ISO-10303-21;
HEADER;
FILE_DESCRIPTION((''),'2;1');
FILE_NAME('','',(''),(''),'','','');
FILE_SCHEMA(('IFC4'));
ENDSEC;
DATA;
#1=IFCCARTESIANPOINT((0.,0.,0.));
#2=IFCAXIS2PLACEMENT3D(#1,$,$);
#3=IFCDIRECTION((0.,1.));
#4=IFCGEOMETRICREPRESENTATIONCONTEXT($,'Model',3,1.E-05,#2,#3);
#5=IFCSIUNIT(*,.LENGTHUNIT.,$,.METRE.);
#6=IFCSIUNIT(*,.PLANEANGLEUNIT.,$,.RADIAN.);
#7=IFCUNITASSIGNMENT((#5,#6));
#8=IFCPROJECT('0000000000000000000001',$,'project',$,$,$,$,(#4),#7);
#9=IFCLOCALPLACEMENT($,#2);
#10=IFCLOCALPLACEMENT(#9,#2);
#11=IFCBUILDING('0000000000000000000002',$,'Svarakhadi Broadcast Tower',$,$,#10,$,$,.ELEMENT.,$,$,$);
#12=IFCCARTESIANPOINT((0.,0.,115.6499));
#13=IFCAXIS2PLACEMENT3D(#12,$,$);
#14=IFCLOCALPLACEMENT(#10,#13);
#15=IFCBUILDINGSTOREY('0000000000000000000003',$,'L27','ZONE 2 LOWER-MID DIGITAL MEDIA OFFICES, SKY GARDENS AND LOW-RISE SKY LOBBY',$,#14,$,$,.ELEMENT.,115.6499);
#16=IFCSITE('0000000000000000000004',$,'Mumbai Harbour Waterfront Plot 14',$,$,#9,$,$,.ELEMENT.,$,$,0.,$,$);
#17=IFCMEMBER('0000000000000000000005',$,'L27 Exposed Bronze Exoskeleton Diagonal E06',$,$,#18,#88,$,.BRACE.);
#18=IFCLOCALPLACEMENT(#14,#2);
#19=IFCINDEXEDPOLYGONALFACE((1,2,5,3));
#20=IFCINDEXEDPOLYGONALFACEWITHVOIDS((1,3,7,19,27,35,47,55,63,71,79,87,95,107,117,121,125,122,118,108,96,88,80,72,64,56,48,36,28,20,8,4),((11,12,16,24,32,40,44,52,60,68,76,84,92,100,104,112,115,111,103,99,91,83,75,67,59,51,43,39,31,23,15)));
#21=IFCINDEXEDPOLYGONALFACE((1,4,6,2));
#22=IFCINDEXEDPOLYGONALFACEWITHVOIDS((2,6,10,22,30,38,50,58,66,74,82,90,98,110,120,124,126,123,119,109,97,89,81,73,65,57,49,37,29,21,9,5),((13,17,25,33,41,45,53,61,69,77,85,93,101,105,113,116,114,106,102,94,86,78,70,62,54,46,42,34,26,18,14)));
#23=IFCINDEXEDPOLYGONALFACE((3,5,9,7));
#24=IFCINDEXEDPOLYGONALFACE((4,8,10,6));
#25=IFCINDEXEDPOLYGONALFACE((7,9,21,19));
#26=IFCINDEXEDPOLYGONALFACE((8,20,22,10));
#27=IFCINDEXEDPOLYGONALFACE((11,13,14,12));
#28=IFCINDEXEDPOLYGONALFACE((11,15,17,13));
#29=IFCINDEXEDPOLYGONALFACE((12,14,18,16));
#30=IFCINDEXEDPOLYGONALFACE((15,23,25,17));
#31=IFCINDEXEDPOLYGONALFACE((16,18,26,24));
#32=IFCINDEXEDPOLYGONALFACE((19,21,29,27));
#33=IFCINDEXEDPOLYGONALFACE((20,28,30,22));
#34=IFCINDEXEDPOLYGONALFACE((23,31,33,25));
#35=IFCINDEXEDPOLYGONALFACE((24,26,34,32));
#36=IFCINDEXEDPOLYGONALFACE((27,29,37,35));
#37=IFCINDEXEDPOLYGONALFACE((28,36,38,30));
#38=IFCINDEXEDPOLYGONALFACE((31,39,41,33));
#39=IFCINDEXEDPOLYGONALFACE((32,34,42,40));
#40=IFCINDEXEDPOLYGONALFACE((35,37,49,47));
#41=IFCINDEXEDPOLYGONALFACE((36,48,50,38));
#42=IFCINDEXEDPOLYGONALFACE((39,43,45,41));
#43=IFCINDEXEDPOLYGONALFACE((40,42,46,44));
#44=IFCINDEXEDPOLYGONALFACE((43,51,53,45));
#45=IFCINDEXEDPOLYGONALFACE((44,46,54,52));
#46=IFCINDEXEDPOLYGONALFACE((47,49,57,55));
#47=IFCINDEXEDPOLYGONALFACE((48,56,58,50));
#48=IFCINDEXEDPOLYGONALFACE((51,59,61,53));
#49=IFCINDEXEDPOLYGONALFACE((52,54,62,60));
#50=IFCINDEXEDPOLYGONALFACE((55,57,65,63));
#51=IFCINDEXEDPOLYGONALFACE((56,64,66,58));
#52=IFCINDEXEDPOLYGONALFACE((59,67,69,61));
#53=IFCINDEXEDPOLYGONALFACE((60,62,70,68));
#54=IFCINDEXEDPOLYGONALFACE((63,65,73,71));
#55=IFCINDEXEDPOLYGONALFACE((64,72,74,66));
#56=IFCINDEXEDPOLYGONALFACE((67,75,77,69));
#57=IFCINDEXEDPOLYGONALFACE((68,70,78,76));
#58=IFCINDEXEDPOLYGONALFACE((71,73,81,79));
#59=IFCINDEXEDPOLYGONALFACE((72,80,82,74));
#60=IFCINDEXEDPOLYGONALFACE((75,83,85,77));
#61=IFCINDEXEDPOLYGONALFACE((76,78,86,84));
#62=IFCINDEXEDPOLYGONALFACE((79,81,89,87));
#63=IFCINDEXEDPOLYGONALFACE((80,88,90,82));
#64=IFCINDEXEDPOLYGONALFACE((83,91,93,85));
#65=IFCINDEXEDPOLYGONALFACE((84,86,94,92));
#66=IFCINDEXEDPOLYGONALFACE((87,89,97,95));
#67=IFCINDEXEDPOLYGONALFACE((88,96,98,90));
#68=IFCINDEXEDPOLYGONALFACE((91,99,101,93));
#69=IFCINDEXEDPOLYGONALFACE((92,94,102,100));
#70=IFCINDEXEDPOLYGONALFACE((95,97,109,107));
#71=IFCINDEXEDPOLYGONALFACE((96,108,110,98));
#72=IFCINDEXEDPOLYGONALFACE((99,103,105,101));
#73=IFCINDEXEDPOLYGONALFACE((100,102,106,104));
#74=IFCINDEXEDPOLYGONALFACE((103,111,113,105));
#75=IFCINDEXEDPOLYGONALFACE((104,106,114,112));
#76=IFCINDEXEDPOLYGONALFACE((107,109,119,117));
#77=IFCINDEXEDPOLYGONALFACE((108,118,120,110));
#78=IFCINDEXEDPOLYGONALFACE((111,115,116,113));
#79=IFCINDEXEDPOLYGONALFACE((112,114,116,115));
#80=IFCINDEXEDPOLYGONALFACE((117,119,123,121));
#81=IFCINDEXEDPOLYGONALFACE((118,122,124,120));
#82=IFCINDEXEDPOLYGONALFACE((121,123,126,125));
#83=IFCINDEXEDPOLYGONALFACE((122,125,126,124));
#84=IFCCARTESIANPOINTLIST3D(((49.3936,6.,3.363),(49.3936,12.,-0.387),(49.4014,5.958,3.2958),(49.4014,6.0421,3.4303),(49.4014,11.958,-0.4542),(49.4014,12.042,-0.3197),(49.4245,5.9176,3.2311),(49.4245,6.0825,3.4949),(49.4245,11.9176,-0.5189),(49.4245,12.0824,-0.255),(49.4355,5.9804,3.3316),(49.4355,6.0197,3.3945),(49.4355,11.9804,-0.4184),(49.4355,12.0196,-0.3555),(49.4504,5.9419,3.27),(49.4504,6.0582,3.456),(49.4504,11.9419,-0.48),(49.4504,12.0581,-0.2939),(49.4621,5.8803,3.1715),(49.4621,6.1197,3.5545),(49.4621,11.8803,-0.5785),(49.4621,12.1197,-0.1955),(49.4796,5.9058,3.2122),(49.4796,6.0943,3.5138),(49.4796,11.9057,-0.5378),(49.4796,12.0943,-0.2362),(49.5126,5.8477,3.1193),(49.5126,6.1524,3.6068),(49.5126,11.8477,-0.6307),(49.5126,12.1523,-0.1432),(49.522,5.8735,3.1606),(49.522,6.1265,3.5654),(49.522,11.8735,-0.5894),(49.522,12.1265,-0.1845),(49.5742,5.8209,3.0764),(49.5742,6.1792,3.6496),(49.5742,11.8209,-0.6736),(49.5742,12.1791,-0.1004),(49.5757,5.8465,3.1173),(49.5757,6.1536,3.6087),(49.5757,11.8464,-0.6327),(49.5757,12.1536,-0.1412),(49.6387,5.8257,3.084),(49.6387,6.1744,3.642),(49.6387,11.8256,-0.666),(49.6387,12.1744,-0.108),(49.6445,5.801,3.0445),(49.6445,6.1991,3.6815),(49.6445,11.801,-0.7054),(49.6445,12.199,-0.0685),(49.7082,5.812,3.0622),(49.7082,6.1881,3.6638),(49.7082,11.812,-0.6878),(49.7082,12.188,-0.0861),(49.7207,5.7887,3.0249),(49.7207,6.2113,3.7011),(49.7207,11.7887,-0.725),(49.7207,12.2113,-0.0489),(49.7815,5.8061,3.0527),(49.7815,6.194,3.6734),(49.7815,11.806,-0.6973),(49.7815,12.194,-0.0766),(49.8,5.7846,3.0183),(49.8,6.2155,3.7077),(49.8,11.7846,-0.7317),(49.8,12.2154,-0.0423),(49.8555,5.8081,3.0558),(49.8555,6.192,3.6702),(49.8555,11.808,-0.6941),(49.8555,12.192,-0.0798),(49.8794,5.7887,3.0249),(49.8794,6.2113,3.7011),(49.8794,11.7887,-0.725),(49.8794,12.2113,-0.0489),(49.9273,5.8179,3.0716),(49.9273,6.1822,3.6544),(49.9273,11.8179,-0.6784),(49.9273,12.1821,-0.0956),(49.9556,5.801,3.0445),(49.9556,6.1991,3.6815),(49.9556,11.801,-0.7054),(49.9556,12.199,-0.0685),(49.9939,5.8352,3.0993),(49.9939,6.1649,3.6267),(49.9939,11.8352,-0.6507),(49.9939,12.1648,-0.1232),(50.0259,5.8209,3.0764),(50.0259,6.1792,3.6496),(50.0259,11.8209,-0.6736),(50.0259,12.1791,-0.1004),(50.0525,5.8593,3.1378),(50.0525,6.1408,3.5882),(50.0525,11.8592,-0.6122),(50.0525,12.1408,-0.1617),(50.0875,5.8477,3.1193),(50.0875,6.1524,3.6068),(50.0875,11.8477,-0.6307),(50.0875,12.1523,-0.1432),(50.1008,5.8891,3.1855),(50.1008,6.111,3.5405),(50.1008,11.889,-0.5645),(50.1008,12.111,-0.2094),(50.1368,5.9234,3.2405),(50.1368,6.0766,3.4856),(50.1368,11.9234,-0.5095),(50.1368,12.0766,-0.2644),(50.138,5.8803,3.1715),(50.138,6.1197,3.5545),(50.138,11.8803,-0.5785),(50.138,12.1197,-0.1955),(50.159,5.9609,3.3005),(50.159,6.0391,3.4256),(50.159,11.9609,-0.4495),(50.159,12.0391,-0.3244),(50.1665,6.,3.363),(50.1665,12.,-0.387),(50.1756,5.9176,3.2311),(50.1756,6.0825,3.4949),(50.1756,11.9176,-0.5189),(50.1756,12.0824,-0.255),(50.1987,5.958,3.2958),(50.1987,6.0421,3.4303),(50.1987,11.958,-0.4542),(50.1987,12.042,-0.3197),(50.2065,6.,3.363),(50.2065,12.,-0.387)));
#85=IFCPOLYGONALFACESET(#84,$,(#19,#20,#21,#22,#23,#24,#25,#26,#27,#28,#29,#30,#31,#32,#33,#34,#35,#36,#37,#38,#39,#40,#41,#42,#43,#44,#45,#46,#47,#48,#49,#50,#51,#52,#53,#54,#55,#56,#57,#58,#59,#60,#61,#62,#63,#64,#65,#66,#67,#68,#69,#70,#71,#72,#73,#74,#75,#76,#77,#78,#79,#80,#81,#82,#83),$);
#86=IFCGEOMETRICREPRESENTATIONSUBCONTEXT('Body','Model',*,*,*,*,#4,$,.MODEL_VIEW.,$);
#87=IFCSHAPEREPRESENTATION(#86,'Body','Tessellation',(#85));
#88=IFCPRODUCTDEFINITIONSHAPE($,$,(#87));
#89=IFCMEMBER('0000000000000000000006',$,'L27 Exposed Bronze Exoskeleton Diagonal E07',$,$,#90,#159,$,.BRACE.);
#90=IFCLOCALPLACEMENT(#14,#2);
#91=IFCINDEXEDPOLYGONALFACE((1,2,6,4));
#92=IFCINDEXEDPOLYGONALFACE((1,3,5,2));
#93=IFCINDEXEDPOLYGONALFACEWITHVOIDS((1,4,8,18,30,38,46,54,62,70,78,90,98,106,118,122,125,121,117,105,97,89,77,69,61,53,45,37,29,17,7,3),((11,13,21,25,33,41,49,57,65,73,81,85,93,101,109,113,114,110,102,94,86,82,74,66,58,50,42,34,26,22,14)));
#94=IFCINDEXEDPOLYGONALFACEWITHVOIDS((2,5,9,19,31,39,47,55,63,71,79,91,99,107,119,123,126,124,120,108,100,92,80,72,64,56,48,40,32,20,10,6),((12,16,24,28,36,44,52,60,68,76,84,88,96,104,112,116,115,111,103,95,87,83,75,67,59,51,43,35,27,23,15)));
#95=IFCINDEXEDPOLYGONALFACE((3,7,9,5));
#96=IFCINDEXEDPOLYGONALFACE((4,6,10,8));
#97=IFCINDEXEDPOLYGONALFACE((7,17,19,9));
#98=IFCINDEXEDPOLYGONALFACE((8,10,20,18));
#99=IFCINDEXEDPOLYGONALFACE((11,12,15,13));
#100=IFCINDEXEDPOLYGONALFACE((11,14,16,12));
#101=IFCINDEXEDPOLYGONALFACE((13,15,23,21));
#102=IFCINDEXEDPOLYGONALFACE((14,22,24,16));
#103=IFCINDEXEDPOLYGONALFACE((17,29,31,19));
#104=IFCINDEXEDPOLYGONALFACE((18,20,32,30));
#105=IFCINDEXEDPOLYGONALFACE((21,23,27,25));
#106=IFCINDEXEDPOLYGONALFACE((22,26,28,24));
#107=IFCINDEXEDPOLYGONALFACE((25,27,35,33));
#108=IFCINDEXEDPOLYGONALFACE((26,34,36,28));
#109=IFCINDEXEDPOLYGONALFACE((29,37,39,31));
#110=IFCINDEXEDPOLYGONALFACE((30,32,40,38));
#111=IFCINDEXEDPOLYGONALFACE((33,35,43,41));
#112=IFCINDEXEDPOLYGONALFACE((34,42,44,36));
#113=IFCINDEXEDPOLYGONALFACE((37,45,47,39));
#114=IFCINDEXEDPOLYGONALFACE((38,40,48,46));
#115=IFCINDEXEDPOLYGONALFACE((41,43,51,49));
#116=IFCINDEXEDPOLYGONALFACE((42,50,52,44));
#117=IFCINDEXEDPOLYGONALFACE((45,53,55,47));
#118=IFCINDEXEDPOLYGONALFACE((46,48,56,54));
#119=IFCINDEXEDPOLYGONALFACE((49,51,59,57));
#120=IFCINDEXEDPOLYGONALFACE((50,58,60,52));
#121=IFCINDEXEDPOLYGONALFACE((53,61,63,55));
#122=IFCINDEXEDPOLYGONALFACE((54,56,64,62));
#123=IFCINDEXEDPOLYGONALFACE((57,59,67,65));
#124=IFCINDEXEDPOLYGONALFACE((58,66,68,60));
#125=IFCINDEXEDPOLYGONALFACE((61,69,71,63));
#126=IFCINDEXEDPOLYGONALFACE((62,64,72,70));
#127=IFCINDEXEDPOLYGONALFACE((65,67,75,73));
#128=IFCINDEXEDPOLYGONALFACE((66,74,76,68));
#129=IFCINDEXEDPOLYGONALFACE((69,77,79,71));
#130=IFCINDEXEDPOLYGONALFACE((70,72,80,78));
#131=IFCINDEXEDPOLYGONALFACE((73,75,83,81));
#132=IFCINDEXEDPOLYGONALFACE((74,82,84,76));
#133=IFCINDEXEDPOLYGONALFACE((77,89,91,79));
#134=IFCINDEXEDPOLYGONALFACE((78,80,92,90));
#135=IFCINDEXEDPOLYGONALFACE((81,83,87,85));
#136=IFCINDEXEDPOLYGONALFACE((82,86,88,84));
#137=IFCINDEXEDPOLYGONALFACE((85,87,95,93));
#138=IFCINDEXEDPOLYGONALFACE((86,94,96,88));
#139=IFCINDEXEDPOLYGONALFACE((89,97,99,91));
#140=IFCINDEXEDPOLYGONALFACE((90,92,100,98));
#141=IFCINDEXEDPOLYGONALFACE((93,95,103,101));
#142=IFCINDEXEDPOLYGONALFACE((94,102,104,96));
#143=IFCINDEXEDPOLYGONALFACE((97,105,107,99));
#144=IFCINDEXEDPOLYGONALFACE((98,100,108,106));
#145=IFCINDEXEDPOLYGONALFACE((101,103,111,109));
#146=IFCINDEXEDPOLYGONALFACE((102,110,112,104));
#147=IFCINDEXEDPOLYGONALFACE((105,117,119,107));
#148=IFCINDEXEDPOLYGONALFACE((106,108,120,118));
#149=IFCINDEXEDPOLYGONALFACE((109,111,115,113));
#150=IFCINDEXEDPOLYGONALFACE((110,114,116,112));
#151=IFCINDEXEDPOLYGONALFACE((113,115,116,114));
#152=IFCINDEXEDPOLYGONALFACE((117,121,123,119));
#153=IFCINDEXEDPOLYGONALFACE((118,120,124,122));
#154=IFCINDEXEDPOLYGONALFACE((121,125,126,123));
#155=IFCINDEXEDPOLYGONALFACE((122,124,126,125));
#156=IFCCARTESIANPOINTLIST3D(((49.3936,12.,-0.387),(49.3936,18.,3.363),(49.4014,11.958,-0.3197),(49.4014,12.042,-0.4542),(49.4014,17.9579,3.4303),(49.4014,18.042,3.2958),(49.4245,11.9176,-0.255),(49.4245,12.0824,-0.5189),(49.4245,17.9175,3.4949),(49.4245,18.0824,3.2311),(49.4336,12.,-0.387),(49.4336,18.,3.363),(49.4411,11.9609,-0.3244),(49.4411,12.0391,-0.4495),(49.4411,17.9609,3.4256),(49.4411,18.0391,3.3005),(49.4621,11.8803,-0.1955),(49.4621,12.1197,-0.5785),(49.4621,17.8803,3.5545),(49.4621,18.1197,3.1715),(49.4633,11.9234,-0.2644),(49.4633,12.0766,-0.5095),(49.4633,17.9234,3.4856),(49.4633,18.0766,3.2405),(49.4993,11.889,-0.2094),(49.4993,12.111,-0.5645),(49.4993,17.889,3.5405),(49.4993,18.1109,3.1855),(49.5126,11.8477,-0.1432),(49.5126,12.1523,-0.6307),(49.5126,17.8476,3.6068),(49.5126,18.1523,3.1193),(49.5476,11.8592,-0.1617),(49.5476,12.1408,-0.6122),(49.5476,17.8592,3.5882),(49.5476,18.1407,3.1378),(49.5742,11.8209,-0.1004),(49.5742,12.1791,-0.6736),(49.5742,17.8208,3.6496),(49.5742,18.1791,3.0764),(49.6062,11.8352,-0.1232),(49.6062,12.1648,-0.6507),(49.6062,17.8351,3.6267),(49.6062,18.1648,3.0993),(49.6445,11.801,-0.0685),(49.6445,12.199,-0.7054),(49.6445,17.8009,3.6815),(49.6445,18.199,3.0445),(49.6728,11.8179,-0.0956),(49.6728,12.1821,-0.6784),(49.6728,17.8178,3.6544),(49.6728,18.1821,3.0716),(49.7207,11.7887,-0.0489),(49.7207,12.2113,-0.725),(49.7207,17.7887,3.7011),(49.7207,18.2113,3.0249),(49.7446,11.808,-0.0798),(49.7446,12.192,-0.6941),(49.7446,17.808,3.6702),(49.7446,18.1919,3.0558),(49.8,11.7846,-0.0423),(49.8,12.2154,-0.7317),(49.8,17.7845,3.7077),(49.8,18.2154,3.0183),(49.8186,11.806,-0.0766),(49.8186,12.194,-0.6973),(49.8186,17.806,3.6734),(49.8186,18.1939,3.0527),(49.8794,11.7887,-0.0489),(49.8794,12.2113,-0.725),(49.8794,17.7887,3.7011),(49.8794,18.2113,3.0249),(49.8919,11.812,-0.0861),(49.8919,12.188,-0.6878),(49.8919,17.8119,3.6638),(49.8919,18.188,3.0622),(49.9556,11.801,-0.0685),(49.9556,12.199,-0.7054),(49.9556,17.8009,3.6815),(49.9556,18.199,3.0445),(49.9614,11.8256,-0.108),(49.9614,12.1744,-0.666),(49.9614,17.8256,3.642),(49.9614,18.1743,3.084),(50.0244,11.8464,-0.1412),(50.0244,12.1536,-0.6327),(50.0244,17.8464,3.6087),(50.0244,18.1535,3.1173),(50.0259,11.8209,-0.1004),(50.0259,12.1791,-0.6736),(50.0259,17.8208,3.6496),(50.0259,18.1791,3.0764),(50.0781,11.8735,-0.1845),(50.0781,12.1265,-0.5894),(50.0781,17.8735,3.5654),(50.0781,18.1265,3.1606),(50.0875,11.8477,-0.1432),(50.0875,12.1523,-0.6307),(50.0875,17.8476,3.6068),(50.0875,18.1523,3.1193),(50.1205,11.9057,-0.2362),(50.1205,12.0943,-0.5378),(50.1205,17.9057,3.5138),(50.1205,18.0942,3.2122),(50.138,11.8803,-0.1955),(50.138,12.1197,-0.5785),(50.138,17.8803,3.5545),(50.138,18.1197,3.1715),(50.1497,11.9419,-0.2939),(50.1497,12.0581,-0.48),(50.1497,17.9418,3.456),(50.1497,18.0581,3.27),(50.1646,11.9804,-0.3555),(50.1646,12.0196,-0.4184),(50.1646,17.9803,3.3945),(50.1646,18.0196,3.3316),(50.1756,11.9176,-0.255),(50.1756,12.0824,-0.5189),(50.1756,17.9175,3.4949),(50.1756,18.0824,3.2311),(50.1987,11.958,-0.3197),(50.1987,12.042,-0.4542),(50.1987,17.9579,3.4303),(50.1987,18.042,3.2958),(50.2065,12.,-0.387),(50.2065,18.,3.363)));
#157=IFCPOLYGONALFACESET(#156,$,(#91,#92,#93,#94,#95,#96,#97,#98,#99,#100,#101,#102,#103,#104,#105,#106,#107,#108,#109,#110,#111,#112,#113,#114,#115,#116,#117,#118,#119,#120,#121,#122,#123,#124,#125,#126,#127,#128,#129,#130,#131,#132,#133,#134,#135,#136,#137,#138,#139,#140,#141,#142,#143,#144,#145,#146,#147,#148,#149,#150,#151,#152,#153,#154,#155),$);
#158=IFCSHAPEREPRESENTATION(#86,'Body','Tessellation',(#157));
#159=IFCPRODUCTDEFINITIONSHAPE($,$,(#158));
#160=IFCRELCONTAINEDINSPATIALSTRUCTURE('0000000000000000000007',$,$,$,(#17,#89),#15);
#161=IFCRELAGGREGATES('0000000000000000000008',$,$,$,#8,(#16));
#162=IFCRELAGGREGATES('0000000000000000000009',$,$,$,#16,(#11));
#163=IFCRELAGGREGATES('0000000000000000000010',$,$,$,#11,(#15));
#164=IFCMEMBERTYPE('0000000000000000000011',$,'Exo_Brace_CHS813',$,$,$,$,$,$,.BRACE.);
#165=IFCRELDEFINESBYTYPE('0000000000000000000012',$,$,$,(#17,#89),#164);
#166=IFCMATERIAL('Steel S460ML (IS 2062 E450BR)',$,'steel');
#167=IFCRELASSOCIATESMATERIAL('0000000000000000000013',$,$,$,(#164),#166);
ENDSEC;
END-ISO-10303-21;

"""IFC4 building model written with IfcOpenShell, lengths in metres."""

from ifc_helpers import new_model, si_unit, direction, frame, origin, origin_2d, place, context, subcontext, project, spatial, hollow_circle, extrude, material, material_profile, profile_set, type_object, element, save


model = new_model("IFC4")

# Units and contexts
model_context = context("Model", 3, precision=1e-05, world=origin(), true_north=direction((0.0, 1.0)))
body_context = subcontext(model_context, "Body", "Model", "MODEL_VIEW")
ifc_project = project(units=[si_unit("LENGTHUNIT", "METRE"), si_unit("PLANEANGLEUNIT", "RADIAN")], contexts=[model_context])

# Site, building, storey
site_placement = place(None, origin())
site = spatial("IfcSite", under=ifc_project, at=site_placement, Name="Mumbai Harbour Waterfront Plot 14", CompositionType="ELEMENT", RefElevation=0.0)
building_placement = place(site_placement, origin())
building = spatial("IfcBuilding", under=site, at=building_placement, Name="Svarakhadi Broadcast Tower", CompositionType="ELEMENT")
storey_placement = place(building_placement, frame((0.0, 0.0, 115.6499)))
storey = spatial("IfcBuildingStorey", under=building, at=storey_placement, Name="L27", Description="ZONE 2 LOWER-MID DIGITAL MEDIA OFFICES, SKY GARDENS AND LOW-RISE SKY LOBBY", CompositionType="ELEMENT", Elevation=115.6499)

# Shared definitions
ifc_material_1 = material(Name="Steel S460ML (IS 2062 E450BR)", Category="steel")

# Members
ifc_material_profile_1 = material_profile(ifc_material_1, hollow_circle(Radius=0.4065, WallThickness=0.04, at=origin_2d()), Name="CHS 813x40")
ifc_profile_set_1 = profile_set([ifc_material_profile_1], Name="Steel S460ML (IS 2062 E450BR)")
member_type_1 = type_object("IfcMemberType", Name="Exo_Brace_CHS813", PredefinedType="BRACE", material=ifc_profile_set_1)
for number, where, z_axis, x_axis, name in (
    (1, (49.8, 12.0, -0.387), (0.0, -0.847998, 0.529999), (1.0, 0.0, 0.0), "L27 Exposed Bronze Exoskeleton Diagonal E06"),
    (2, (49.8, 12.0, -0.387), (0.0, 0.847998, 0.529999), (-1.0, 0.0, 0.0), "L27 Exposed Bronze Exoskeleton Diagonal E07"),
):
    element("IfcMember", number, at=place(storey_placement, frame(where, z_axis=z_axis, x_axis=x_axis)), inside=storey, type_object=member_type_1, Name=name, PredefinedType="BRACE", context=body_context, shape_type="SweptSolid", body=[
        extrude(hollow_circle(Radius=0.4065, WallThickness=0.04, at=origin_2d()), origin(), (0.0, 0.0, 1.0), 7.0754),
    ])

save(model, "model.ifc")
